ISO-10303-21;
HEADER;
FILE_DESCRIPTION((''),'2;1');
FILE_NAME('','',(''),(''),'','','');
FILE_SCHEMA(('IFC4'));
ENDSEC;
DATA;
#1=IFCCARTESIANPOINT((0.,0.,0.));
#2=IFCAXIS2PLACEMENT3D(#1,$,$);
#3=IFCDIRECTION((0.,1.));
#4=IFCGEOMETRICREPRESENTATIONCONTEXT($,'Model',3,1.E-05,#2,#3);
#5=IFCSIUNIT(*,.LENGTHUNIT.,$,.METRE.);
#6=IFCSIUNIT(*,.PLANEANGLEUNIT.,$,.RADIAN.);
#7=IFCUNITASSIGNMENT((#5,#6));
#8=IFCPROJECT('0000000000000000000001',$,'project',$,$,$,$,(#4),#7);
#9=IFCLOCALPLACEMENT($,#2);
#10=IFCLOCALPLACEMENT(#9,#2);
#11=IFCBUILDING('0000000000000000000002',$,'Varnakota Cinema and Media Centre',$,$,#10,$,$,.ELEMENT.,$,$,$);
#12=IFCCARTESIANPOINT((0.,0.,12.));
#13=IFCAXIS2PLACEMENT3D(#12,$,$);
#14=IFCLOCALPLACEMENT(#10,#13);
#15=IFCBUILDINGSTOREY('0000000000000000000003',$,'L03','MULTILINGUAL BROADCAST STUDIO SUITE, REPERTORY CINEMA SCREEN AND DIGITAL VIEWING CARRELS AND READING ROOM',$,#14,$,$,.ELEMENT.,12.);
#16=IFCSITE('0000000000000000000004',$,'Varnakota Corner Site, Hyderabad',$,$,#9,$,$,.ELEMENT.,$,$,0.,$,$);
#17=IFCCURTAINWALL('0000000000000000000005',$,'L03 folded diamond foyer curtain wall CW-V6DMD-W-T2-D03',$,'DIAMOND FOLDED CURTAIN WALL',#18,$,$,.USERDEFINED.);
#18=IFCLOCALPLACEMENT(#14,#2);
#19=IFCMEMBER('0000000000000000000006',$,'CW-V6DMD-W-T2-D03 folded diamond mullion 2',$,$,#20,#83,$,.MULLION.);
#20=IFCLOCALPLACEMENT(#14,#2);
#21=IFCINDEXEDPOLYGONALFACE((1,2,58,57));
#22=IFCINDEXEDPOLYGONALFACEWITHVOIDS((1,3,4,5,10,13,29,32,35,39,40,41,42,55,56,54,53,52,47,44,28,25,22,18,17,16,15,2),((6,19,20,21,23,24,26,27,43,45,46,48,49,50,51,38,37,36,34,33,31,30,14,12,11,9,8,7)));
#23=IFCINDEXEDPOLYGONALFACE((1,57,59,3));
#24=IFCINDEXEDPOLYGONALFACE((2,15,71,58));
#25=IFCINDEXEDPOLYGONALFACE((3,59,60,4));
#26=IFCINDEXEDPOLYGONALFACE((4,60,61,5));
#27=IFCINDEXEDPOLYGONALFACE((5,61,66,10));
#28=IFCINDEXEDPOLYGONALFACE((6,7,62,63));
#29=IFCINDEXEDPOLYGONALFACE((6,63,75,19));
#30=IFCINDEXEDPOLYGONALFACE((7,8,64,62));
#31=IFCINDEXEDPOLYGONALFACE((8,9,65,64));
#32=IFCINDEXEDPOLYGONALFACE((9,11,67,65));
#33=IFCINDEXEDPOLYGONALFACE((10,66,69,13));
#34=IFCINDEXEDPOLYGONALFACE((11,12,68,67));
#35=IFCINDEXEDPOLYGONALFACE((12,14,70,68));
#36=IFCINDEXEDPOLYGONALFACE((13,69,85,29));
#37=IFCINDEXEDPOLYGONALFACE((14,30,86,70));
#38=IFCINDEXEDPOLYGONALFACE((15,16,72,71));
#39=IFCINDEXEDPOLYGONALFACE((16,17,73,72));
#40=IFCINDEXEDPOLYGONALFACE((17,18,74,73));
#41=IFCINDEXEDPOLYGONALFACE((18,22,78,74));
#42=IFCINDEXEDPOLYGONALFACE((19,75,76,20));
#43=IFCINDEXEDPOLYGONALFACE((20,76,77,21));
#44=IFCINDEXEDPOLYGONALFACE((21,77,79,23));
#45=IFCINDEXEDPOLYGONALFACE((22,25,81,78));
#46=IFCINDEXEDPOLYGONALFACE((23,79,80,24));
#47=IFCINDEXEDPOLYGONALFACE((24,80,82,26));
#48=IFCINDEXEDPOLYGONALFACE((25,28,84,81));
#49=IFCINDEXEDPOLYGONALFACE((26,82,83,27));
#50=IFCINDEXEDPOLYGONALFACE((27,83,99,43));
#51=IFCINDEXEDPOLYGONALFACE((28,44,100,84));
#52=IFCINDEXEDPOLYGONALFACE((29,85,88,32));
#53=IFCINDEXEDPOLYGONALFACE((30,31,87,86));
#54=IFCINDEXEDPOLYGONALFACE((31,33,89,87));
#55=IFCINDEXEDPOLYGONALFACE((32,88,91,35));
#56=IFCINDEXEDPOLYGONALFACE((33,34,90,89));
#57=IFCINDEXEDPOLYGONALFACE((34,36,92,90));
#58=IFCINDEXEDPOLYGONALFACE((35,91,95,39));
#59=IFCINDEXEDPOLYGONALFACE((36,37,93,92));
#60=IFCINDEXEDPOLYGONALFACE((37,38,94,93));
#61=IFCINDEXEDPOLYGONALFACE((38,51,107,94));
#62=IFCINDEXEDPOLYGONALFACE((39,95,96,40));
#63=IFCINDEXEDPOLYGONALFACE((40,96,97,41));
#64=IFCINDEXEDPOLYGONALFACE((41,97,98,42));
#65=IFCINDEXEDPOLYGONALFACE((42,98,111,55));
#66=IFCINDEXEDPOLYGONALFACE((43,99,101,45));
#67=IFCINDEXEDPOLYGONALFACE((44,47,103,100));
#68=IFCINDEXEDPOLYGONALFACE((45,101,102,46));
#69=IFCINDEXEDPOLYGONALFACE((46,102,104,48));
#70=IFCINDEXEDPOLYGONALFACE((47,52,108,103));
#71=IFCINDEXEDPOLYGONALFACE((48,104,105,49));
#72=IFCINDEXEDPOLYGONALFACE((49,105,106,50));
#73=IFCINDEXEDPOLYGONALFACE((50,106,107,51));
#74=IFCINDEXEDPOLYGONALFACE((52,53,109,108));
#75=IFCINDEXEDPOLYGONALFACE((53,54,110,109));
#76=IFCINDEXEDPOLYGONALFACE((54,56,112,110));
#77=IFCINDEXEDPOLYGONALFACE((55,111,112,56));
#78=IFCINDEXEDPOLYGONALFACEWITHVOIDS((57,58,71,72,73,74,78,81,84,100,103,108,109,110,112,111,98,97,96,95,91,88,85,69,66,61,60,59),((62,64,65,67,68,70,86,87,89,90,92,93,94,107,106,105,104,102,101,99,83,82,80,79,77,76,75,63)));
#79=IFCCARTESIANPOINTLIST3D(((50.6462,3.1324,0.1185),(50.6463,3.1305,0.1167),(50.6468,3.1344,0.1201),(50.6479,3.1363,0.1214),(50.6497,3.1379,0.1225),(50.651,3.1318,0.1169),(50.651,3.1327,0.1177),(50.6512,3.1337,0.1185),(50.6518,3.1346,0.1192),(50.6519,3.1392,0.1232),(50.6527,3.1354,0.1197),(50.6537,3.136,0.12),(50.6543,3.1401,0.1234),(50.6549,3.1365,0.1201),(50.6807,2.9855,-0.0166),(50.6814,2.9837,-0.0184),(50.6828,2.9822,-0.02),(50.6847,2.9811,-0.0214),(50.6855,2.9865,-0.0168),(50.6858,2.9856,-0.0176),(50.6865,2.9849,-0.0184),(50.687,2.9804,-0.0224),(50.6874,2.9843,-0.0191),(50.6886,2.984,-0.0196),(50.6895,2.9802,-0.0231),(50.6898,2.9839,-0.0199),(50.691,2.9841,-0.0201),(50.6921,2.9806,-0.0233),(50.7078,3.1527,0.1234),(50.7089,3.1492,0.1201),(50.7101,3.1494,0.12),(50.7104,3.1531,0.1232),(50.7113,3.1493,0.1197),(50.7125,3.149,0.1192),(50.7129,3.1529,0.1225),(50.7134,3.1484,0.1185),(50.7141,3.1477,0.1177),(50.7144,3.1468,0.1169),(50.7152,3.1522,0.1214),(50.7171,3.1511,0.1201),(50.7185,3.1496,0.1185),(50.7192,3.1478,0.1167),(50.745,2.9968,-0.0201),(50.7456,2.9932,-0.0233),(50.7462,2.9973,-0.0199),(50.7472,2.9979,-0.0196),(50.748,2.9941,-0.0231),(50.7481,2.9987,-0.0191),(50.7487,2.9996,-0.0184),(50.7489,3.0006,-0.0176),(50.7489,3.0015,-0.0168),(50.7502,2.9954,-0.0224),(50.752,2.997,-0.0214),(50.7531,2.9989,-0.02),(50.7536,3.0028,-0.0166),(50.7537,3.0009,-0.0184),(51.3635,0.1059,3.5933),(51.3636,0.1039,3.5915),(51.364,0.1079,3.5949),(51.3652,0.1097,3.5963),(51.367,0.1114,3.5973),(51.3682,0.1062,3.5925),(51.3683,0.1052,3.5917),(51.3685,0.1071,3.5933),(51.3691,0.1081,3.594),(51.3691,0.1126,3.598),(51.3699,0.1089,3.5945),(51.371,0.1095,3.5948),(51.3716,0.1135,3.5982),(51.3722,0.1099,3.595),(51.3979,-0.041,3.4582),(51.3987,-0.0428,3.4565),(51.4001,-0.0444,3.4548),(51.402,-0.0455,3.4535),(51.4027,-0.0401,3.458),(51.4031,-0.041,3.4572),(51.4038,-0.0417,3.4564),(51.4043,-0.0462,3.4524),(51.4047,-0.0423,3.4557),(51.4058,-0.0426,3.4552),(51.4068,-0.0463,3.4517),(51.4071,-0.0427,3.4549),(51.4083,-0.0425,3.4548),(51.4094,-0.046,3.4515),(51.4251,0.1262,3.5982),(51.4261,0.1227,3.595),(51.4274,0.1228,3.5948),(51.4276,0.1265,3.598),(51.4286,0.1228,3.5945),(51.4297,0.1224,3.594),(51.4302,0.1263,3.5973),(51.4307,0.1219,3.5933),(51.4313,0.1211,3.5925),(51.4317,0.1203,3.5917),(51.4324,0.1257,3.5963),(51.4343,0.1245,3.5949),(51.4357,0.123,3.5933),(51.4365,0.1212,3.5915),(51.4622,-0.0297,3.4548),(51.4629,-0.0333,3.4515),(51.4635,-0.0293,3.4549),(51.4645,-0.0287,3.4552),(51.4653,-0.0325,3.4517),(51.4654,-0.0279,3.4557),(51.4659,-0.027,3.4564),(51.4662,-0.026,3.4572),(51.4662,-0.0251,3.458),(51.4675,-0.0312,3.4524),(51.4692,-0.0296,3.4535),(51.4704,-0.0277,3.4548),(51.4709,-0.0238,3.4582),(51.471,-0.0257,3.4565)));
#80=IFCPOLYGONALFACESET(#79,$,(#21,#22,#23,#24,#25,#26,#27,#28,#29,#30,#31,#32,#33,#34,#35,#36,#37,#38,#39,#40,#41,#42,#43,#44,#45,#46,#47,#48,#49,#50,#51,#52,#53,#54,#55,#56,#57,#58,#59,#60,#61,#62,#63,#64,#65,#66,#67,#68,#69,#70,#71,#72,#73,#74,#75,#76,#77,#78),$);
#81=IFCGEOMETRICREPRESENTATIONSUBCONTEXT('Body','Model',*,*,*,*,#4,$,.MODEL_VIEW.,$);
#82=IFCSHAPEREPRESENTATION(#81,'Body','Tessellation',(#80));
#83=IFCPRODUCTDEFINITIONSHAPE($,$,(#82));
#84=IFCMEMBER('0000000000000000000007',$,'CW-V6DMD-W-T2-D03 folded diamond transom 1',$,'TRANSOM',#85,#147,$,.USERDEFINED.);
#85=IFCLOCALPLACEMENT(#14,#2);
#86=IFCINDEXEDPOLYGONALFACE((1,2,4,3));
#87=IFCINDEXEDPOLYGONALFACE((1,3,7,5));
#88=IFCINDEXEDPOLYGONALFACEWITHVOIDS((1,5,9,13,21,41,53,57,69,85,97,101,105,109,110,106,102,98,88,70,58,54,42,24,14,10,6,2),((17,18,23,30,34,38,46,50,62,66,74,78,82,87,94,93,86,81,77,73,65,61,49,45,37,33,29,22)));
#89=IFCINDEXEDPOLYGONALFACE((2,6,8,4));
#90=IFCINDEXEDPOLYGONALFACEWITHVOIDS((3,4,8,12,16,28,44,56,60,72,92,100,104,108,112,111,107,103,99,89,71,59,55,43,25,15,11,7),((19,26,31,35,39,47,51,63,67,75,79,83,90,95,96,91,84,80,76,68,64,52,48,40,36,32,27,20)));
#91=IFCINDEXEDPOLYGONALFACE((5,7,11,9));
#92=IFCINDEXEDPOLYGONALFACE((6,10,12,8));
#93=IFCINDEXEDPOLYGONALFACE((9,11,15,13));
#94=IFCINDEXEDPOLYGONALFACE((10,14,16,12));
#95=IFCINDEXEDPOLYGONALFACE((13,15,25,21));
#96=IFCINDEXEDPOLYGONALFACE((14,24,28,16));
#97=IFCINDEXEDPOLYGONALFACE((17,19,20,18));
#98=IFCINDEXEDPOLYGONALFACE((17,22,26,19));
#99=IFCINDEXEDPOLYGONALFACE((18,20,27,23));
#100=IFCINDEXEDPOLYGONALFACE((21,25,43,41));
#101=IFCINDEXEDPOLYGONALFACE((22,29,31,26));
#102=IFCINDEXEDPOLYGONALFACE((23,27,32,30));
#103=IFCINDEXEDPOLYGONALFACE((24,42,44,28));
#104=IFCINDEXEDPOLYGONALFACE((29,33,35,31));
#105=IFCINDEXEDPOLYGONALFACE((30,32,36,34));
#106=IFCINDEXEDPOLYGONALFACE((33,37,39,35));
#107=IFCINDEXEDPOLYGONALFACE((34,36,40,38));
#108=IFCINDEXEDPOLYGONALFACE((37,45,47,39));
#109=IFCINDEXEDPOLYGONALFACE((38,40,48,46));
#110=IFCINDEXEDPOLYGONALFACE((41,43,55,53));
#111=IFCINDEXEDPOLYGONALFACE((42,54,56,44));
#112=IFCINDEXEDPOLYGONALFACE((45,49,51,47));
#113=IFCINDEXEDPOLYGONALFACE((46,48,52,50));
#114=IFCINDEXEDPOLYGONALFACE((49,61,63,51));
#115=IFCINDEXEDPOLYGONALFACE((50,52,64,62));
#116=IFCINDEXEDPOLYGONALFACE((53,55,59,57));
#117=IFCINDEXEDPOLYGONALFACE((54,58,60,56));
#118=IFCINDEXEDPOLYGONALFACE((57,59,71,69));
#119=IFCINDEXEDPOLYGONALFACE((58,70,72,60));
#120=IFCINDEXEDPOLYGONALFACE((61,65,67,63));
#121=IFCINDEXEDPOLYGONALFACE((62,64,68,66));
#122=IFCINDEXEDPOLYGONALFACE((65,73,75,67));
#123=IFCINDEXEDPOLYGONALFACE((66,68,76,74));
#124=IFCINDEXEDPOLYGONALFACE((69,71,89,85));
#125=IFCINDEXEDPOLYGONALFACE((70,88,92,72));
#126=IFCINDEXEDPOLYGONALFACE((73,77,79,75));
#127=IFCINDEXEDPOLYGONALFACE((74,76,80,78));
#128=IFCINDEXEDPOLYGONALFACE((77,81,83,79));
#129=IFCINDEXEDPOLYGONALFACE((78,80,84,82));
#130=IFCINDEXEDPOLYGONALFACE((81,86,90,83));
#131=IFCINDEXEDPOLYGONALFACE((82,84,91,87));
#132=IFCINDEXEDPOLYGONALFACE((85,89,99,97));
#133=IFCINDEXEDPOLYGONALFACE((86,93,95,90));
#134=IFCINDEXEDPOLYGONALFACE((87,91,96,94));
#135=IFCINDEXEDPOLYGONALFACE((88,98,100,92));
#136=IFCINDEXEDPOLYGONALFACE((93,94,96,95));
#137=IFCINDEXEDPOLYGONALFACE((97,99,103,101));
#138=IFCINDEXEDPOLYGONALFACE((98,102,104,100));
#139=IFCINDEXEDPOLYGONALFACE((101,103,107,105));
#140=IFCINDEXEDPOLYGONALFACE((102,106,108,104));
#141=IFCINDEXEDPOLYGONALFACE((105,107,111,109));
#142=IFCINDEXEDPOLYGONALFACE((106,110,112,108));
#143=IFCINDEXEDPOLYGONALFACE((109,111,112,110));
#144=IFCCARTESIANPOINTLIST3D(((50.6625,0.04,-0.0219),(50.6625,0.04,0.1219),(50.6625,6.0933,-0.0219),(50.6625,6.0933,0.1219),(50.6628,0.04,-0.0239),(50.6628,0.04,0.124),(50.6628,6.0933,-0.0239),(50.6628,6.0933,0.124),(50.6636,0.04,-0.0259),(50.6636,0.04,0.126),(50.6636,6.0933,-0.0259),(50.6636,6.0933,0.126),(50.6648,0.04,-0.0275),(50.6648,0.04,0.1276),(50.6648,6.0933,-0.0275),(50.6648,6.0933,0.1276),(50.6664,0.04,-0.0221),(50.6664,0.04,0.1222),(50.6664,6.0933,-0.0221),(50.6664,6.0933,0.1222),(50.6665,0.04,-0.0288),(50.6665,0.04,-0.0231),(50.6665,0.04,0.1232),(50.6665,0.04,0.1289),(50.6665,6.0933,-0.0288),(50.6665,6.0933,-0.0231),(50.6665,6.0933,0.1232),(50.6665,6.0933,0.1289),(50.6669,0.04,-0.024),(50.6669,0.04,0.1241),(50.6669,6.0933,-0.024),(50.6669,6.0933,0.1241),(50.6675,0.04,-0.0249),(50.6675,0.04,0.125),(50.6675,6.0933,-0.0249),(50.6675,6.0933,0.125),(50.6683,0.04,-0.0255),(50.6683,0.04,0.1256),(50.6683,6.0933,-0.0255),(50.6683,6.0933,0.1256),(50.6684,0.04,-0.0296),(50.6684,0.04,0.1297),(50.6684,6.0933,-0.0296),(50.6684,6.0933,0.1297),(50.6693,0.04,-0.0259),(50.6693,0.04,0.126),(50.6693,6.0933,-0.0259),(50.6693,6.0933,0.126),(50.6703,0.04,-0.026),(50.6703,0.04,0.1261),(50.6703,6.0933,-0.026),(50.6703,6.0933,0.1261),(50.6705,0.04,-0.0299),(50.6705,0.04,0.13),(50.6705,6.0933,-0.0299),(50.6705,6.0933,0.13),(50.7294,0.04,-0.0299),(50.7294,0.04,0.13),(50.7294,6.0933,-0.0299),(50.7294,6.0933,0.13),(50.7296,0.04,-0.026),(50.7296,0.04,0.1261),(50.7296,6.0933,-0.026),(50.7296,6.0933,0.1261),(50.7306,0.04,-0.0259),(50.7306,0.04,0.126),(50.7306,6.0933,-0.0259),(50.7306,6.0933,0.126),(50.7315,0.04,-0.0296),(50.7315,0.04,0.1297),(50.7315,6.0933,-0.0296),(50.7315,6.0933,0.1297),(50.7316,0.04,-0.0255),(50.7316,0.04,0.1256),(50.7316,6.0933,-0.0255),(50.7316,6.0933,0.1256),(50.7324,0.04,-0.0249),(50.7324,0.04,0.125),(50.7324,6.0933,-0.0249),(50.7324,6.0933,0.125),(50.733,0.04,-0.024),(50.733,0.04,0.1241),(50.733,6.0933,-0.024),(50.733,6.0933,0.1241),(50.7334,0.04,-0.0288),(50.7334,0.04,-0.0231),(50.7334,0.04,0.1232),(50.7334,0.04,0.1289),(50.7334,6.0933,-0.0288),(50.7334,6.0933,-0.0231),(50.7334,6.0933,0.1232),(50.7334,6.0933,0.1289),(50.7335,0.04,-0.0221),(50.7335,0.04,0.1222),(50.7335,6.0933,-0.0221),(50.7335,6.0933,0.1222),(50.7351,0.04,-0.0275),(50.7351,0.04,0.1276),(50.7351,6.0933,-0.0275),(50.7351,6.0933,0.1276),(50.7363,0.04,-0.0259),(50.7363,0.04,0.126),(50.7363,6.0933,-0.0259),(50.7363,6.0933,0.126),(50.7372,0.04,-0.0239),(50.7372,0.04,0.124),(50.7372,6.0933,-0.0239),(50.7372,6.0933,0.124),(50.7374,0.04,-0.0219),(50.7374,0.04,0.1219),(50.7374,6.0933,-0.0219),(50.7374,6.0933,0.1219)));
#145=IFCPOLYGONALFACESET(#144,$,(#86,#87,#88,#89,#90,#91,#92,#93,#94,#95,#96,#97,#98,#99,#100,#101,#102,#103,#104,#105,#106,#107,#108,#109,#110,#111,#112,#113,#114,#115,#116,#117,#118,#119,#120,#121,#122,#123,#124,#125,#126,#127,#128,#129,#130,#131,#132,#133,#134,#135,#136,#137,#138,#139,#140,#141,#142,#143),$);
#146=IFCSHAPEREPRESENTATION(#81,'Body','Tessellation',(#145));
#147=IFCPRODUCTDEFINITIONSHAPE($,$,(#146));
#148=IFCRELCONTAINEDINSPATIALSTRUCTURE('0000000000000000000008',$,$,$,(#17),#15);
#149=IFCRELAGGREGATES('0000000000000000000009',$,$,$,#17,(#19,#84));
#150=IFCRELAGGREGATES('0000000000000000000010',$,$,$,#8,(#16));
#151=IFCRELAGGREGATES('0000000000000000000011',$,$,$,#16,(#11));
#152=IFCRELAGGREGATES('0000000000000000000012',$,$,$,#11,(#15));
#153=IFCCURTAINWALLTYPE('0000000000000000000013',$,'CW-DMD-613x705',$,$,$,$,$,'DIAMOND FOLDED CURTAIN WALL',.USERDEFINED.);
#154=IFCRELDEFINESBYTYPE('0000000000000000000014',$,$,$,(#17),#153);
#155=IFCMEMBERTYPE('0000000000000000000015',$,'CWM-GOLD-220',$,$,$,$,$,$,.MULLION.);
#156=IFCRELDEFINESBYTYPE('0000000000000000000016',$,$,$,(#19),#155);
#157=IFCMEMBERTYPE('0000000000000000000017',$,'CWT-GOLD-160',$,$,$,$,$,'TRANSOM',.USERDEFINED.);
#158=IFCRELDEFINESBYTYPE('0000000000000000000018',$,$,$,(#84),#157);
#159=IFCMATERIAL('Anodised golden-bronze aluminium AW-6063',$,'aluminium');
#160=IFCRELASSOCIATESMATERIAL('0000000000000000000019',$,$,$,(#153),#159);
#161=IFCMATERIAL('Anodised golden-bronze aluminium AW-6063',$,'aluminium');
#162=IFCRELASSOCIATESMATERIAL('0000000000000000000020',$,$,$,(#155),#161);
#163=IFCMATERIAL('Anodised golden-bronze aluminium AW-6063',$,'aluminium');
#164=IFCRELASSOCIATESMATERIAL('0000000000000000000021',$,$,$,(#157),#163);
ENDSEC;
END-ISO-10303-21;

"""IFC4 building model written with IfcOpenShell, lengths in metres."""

from ifc_helpers import new_model, si_unit, direction, frame, origin, origin_2d, place, context, subcontext, project, spatial, hollow_rectangle, extrude, material, material_profile, profile_set, type_object, element, aggregate, save


model = new_model("IFC4")

# Units and contexts
model_context = context("Model", 3, precision=1e-05, world=origin(), true_north=direction((0.0, 1.0)))
body_context = subcontext(model_context, "Body", "Model", "MODEL_VIEW")
ifc_project = project(units=[si_unit("LENGTHUNIT", "METRE"), si_unit("PLANEANGLEUNIT", "RADIAN")], contexts=[model_context])

# Site, building, storey
site_placement = place(None, origin())
site = spatial("IfcSite", under=ifc_project, at=site_placement, Name="Varnakota Corner Site, Hyderabad", CompositionType="ELEMENT", RefElevation=0.0)
building_placement = place(site_placement, origin())
building = spatial("IfcBuilding", under=site, at=building_placement, Name="Varnakota Cinema and Media Centre", CompositionType="ELEMENT")
storey_placement = place(building_placement, frame((0.0, 0.0, 12.0)))
storey = spatial("IfcBuildingStorey", under=building, at=storey_placement, Name="L03", Description="MULTILINGUAL BROADCAST STUDIO SUITE, REPERTORY CINEMA SCREEN AND DIGITAL VIEWING CARRELS AND READING ROOM", CompositionType="ELEMENT", Elevation=12.0)

# Curtain wall, members
ifc_material_1 = material(Name="Anodised golden-bronze aluminium AW-6063", Category="aluminium")
curtain_wall_type = type_object("IfcCurtainWallType", Name="CW-DMD-613x705", ElementType="DIAMOND FOLDED CURTAIN WALL", PredefinedType="USERDEFINED", material=ifc_material_1)
curtain_wall_1_placement = place(storey_placement, origin())
curtain_wall_1 = element("IfcCurtainWall", 1, at=curtain_wall_1_placement, inside=storey, type_object=curtain_wall_type, Name="L03 folded diamond foyer curtain wall CW-V6DMD-W-T2-D03", ObjectType="DIAMOND FOLDED CURTAIN WALL", PredefinedType="USERDEFINED")
ifc_material_2 = material(Name="Anodised golden-bronze aluminium AW-6063", Category="aluminium")
ifc_material_profile_1 = material_profile(ifc_material_2, hollow_rectangle(XDim=0.075, YDim=0.22, WallThickness=0.0049, InnerFilletRadius=0.0049, OuterFilletRadius=0.01, at=origin_2d()), Name="AL-MULLION 220x75x5")
ifc_profile_set_1 = profile_set([ifc_material_profile_1], Name="Anodised golden-bronze aluminium AW-6063")
member_type_1 = type_object("IfcMemberType", Name="CWM-GOLD-220", PredefinedType="MULLION", material=ifc_profile_set_1)
member_1_placement = place(storey_placement, frame((50.7, 3.0667, 0.05), z_axis=(0.153804, -0.648981, 0.745096), x_axis=(0.973047, 0.230605, 0.0)))
member_1 = element("IfcMember", 2, at=member_1_placement, type_object=member_type_1, Name="CW-V6DMD-W-T2-D03 folded diamond mullion 2", PredefinedType="MULLION", context=body_context, shape_type="SweptSolid", body=[
    extrude(hollow_rectangle(XDim=0.075, YDim=0.22, WallThickness=0.0049, InnerFilletRadius=0.0049, OuterFilletRadius=0.01, at=origin_2d()), origin(), (0.0, 0.0, 1.0), 4.6636),
])
ifc_material_3 = material(Name="Anodised golden-bronze aluminium AW-6063", Category="aluminium")
ifc_material_profile_2 = material_profile(ifc_material_3, hollow_rectangle(XDim=0.075, YDim=0.1599, WallThickness=0.0039, InnerFilletRadius=0.0039, OuterFilletRadius=0.0081, at=origin_2d()), Name="AL-TRANSOM 160x75x4")
ifc_profile_set_2 = profile_set([ifc_material_profile_2], Name="Anodised golden-bronze aluminium AW-6063")
member_type_2 = type_object("IfcMemberType", Name="CWT-GOLD-160", ElementType="TRANSOM", PredefinedType="USERDEFINED", material=ifc_profile_set_2)
member_2_placement = place(storey_placement, frame((50.7, 6.0933, 0.05), z_axis=(0.0, -1.0, 0.0), x_axis=(1.0, 0.0, 0.0)))
member_2 = element("IfcMember", 3, at=member_2_placement, type_object=member_type_2, Name="CW-V6DMD-W-T2-D03 folded diamond transom 1", ObjectType="TRANSOM", PredefinedType="USERDEFINED", context=body_context, shape_type="SweptSolid", body=[
    extrude(hollow_rectangle(XDim=0.075, YDim=0.1599, WallThickness=0.0039, InnerFilletRadius=0.0039, OuterFilletRadius=0.0081, at=origin_2d()), origin(), (0.0, 0.0, 1.0), 6.0532),
])

aggregate(curtain_wall_1, [member_1, member_2])

save(model, "model.ifc")
